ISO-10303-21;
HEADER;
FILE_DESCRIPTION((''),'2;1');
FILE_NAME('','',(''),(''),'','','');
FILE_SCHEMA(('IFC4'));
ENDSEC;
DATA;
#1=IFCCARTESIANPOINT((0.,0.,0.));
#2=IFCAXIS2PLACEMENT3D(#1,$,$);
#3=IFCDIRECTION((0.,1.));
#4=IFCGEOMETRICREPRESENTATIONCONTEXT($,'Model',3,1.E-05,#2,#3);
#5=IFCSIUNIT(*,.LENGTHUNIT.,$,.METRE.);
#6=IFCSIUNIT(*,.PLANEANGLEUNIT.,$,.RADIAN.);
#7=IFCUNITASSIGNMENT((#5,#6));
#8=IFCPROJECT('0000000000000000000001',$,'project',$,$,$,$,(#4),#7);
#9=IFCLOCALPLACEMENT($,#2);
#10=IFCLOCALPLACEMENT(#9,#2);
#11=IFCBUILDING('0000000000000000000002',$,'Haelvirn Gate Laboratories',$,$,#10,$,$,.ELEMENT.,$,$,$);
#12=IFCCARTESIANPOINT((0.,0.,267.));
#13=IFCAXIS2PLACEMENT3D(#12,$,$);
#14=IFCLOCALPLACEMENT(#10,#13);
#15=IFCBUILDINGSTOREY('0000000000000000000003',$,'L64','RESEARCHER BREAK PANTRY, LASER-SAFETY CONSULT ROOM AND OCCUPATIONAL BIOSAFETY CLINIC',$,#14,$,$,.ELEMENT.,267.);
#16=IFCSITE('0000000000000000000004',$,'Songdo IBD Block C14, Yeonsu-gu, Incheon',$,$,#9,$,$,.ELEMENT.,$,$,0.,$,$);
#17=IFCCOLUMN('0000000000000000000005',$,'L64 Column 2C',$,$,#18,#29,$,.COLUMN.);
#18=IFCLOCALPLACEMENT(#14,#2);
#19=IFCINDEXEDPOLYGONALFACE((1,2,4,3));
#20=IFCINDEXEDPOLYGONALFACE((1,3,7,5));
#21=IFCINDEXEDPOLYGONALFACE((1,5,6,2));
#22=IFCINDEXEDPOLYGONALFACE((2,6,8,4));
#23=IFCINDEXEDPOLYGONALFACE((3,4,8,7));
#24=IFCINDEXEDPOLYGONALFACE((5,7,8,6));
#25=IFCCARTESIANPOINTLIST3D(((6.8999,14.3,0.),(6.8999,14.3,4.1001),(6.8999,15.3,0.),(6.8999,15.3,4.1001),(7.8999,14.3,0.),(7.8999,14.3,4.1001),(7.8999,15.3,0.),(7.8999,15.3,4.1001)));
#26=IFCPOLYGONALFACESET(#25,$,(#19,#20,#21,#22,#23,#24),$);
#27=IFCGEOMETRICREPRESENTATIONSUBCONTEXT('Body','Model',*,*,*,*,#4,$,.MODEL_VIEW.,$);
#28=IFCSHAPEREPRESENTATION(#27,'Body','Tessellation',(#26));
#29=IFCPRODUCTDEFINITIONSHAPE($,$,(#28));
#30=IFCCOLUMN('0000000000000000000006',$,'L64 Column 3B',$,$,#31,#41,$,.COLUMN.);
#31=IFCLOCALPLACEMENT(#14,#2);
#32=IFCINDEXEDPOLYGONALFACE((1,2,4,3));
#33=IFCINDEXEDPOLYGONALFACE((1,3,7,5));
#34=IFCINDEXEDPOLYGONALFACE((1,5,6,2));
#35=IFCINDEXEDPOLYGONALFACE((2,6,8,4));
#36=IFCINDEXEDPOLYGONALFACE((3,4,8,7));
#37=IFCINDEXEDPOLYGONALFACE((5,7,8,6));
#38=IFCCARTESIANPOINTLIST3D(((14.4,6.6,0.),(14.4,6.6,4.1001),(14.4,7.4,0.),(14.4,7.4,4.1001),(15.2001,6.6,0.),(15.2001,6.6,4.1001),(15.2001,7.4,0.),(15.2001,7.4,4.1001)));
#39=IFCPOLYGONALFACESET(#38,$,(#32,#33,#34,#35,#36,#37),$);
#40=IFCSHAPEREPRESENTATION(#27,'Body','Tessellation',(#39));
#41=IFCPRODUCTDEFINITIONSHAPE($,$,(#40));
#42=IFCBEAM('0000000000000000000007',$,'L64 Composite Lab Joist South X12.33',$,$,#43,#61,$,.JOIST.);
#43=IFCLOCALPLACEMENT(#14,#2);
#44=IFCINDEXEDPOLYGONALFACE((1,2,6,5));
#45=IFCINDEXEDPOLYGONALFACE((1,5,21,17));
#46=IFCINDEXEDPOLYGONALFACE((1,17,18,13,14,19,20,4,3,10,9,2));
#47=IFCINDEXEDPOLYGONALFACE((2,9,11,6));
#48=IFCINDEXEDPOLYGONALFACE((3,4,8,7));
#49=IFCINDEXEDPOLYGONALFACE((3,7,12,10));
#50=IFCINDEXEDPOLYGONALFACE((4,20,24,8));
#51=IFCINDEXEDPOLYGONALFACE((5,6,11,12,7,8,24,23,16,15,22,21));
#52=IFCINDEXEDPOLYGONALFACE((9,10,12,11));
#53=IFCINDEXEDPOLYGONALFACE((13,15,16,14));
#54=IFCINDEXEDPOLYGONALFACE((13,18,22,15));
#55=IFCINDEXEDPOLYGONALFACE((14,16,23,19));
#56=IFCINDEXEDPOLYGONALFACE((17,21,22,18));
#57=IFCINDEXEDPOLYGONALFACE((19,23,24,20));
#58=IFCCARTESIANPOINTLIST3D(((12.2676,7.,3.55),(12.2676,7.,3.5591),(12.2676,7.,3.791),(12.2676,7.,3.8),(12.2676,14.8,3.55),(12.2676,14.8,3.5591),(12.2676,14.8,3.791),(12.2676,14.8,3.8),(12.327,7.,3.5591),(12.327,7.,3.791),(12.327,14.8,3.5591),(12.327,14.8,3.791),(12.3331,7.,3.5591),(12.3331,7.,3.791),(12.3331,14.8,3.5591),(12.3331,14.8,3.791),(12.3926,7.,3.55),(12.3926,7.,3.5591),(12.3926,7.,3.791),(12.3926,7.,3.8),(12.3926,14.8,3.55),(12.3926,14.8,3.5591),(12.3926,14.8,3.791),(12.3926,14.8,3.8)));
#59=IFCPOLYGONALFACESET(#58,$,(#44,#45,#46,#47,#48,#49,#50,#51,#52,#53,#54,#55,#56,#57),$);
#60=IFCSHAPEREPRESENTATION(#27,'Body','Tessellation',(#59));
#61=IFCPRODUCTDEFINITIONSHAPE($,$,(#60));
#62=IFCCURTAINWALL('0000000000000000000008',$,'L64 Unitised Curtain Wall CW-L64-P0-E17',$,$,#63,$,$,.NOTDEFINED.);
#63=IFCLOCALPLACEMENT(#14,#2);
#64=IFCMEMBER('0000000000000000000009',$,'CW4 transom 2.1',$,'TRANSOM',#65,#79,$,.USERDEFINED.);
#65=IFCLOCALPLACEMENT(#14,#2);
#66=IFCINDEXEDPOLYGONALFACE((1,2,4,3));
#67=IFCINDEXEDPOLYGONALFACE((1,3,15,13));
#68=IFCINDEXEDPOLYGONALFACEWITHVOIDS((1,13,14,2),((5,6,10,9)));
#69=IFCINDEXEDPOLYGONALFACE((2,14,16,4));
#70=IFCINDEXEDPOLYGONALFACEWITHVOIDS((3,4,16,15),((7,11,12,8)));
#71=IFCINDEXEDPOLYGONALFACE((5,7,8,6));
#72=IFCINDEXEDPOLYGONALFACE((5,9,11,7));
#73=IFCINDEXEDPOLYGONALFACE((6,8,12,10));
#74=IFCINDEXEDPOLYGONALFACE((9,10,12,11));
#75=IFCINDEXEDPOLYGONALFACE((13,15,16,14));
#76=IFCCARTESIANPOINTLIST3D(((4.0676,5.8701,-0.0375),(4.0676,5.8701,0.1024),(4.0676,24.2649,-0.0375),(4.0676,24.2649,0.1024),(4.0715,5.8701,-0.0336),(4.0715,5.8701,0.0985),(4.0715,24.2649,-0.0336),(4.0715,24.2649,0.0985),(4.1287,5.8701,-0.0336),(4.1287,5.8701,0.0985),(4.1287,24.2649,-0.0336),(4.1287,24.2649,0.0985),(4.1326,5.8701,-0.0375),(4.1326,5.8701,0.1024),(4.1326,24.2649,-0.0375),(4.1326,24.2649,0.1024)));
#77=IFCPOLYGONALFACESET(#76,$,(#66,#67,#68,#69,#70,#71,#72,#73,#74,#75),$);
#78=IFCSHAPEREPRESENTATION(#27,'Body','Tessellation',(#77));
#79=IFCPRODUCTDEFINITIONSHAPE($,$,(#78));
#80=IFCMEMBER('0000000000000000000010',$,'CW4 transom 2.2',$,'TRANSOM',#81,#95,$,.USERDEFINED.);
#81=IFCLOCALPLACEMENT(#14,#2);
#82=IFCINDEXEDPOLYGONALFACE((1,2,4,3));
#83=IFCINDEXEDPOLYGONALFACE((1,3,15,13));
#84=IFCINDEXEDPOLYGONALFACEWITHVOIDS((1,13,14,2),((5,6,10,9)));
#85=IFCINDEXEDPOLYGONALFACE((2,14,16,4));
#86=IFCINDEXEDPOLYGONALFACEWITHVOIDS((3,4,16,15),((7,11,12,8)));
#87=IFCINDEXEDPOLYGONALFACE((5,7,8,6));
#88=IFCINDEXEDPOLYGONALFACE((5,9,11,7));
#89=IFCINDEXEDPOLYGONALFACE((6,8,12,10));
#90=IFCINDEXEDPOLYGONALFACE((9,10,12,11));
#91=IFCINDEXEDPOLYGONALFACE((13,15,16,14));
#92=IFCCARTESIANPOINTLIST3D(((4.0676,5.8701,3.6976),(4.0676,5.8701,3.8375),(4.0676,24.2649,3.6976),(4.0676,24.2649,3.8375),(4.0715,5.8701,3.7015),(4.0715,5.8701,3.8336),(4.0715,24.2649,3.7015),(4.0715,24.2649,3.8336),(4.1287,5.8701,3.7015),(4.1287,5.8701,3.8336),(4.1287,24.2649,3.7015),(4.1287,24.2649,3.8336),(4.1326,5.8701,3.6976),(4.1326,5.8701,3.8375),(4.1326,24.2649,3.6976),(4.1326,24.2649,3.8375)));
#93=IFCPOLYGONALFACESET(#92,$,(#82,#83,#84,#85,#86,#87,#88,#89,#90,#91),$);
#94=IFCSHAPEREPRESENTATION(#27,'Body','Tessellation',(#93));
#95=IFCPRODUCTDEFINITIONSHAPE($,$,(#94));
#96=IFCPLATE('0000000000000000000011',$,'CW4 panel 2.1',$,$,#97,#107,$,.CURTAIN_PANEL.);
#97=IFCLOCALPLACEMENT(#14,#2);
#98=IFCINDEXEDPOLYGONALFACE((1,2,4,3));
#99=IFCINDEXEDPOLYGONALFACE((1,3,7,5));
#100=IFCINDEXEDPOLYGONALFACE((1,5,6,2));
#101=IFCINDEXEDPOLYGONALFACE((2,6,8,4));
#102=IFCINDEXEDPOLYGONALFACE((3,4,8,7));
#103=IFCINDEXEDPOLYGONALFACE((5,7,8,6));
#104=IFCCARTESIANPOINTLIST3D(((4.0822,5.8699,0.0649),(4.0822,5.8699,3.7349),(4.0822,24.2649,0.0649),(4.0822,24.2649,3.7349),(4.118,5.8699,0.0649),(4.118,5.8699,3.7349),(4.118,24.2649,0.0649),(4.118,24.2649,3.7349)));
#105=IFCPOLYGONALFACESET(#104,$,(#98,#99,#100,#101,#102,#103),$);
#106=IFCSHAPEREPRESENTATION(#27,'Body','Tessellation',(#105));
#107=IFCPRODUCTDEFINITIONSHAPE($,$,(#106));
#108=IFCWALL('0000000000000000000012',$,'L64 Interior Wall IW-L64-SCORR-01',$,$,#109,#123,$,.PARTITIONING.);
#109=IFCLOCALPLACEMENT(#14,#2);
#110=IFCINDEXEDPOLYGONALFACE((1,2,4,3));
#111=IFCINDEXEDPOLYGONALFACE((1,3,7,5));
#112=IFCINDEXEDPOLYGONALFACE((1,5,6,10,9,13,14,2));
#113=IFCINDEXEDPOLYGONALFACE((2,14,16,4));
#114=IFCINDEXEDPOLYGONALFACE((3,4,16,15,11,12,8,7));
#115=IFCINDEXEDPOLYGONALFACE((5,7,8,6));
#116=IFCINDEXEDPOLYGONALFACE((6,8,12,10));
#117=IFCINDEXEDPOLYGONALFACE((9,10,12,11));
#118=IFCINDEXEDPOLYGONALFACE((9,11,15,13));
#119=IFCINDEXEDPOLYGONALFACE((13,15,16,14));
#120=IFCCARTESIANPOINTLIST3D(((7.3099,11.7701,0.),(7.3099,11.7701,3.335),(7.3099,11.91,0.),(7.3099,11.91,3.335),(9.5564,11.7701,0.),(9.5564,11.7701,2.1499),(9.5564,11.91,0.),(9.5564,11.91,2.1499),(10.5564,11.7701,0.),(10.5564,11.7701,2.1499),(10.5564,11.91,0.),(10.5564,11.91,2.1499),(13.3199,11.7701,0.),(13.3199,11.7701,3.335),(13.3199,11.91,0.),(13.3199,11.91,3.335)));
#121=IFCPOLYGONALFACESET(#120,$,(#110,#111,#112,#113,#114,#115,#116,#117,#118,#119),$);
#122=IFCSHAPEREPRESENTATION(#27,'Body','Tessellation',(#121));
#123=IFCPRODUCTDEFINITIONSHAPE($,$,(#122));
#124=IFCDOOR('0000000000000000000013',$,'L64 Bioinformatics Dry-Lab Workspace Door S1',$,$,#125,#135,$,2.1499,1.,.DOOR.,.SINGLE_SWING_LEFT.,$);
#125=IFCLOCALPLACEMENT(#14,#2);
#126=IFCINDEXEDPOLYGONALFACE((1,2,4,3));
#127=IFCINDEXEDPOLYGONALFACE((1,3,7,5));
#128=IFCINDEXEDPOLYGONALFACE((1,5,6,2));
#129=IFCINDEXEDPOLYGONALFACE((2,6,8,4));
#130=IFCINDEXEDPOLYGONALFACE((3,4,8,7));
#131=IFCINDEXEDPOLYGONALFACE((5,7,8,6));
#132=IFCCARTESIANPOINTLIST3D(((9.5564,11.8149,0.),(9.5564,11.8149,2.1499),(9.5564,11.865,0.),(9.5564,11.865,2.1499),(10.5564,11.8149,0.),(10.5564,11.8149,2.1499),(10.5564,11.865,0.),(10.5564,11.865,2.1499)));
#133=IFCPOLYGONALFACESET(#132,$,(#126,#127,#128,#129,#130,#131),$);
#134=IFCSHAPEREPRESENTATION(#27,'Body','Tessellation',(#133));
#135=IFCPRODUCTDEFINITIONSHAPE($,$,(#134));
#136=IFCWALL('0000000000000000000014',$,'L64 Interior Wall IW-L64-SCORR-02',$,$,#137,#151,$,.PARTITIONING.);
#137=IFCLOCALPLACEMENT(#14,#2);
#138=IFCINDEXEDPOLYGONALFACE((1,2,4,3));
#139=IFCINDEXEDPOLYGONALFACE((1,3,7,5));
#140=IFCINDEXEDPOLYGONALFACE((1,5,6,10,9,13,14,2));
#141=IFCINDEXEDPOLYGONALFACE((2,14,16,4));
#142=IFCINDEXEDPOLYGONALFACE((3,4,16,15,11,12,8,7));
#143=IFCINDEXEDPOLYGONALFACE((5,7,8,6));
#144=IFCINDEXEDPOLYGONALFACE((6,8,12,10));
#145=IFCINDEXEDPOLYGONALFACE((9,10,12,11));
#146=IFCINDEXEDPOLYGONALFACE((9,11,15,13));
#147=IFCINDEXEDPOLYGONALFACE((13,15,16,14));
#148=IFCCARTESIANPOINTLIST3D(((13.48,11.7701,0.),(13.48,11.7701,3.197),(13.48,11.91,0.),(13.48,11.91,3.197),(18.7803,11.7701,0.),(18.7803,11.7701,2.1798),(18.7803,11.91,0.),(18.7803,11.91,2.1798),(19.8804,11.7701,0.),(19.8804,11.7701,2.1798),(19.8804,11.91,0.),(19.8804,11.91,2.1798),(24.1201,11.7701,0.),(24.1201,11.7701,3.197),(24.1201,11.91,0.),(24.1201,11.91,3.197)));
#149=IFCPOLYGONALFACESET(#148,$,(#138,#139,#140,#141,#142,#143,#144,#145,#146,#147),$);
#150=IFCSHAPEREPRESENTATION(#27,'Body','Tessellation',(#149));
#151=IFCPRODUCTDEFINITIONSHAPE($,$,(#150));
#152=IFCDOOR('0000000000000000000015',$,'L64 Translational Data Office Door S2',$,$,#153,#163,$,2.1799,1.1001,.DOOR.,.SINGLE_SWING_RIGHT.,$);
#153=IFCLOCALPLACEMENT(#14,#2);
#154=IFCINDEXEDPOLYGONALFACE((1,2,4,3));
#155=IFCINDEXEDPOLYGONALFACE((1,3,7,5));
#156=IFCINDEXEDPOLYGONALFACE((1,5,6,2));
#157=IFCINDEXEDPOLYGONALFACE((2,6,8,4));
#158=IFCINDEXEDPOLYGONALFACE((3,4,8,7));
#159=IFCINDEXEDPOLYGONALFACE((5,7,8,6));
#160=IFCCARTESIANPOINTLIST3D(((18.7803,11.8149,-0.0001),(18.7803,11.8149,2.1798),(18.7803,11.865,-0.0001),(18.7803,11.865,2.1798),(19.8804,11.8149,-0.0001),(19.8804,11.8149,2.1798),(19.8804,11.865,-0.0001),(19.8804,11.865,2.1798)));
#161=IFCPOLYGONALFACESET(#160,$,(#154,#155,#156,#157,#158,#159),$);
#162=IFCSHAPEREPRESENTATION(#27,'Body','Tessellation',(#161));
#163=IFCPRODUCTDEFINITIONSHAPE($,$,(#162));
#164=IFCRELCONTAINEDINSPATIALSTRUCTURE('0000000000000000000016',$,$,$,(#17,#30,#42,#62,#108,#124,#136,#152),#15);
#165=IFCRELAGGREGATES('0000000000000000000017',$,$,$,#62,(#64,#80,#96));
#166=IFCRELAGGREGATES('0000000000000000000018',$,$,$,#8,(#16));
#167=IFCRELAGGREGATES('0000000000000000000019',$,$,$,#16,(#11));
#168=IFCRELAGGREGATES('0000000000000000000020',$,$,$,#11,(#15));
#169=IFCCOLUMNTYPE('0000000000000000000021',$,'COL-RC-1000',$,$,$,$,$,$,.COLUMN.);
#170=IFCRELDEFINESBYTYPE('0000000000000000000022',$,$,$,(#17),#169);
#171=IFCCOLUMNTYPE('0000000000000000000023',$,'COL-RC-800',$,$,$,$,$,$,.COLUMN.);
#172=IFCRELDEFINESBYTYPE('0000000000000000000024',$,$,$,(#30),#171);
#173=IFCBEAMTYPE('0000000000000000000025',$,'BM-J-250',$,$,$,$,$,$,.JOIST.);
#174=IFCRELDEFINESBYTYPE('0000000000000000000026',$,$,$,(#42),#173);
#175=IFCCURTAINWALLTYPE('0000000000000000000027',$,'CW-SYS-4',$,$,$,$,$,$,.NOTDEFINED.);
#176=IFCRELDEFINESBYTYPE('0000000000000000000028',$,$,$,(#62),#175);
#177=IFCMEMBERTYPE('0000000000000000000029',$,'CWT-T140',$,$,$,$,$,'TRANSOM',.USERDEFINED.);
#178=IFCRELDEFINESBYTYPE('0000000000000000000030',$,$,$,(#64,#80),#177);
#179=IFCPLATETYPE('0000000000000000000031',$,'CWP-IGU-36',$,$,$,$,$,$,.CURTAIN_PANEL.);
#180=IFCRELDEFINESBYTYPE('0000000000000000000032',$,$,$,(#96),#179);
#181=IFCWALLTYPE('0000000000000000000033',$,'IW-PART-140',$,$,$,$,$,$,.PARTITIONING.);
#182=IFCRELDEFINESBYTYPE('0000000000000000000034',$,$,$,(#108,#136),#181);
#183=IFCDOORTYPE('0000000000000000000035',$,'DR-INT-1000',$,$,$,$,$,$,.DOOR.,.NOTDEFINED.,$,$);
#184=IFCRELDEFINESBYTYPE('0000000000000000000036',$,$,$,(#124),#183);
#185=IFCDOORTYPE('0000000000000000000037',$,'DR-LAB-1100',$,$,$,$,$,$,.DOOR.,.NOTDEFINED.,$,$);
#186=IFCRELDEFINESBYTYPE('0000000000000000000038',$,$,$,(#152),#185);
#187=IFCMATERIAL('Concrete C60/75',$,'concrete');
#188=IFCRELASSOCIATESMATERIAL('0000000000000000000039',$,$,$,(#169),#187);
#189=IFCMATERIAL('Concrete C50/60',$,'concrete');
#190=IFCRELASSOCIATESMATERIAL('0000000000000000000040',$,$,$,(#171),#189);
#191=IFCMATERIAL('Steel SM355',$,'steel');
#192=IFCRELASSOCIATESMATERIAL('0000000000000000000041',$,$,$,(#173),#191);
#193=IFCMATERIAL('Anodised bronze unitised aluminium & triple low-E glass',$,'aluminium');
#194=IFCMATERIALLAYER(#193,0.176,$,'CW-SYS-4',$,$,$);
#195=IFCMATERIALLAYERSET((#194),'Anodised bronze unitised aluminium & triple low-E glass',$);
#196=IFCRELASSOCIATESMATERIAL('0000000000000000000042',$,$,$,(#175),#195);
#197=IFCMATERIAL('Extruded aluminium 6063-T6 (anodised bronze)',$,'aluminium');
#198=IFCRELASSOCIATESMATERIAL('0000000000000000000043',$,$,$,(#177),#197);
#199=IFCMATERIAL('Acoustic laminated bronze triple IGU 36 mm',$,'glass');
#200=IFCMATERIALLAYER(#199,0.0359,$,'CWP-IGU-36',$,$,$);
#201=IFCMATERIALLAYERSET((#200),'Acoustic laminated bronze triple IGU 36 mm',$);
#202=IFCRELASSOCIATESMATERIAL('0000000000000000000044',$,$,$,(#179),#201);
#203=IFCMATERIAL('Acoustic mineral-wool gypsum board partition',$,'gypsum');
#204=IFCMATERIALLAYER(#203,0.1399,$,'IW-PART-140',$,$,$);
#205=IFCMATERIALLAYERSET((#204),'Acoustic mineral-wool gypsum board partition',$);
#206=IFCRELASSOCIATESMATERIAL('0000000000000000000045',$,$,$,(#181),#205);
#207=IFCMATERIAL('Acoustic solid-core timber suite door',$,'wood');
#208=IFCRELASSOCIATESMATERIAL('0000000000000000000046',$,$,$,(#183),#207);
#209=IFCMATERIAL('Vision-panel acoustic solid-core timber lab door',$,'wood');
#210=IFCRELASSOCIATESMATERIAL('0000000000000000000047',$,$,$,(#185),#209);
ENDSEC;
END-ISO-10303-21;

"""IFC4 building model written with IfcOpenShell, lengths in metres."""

from ifc_helpers import new_model, si_unit, direction, frame, frame_2d, origin, origin_2d, place, context, subcontext, project, spatial, rectangle, hollow_rectangle, i_section, extrude, source, transform, mapped, material, layer, layer_set, material_profile, profile_set, type_object, type_shapes, element, fill, aggregate, save


model = new_model("IFC4")

# Units and contexts
model_context = context("Model", 3, precision=1e-05, world=origin(), true_north=direction((0.0, 1.0)))
body_context = subcontext(model_context, "Body", "Model", "MODEL_VIEW")
ifc_project = project(units=[si_unit("LENGTHUNIT", "METRE"), si_unit("PLANEANGLEUNIT", "RADIAN")], contexts=[model_context])

# Site, building, storey
site_placement = place(None, origin())
site = spatial("IfcSite", under=ifc_project, at=site_placement, Name="Songdo IBD Block C14, Yeonsu-gu, Incheon", CompositionType="ELEMENT", RefElevation=0.0)
building_placement = place(site_placement, origin())
building = spatial("IfcBuilding", under=site, at=building_placement, Name="Haelvirn Gate Laboratories", CompositionType="ELEMENT")
storey_placement = place(building_placement, frame((0.0, 0.0, 267.0)))
storey = spatial("IfcBuildingStorey", under=building, at=storey_placement, Name="L64", Description="RESEARCHER BREAK PANTRY, LASER-SAFETY CONSULT ROOM AND OCCUPATIONAL BIOSAFETY CLINIC", CompositionType="ELEMENT", Elevation=267.0)

# Columns
ifc_material_1 = material(Name="Concrete C60/75", Category="concrete")
ifc_material_profile_1 = material_profile(ifc_material_1, rectangle(XDim=1.0, YDim=1.0, at=origin_2d()), Name="RC-1000x1000")
ifc_profile_set_1 = profile_set([ifc_material_profile_1], Name="Concrete C60/75")
column_type_1 = type_object("IfcColumnType", Name="COL-RC-1000", PredefinedType="COLUMN", material=ifc_profile_set_1)
shared_shape_1 = source(origin(), body_context, "Body", "SweptSolid", [
    extrude(rectangle(XDim=1.0, YDim=1.0, at=origin_2d()), origin(), (0.0, 0.0, 1.0), 4.1001),
])
type_shapes(column_type_1, [shared_shape_1])
column_1_placement = place(storey_placement, frame((7.3999, 14.8, 0.0), z_axis=(0.0, 0.0, 1.0), x_axis=(1.0, 0.0, 0.0)))
element("IfcColumn", 1, at=column_1_placement, inside=storey, type_object=column_type_1, Name="L64 Column 2C", PredefinedType="COLUMN", context=body_context, shape_type="MappedRepresentation", body=[
    mapped(shared_shape_1, transform((0.0, 0.0, 0.0), scale=1.0)),
])
ifc_material_2 = material(Name="Concrete C50/60", Category="concrete")
ifc_material_profile_2 = material_profile(ifc_material_2, rectangle(XDim=0.8, YDim=0.8, at=origin_2d()), Name="RC-800x800")
ifc_profile_set_2 = profile_set([ifc_material_profile_2], Name="Concrete C50/60")
column_type_2 = type_object("IfcColumnType", Name="COL-RC-800", PredefinedType="COLUMN", material=ifc_profile_set_2)
shared_shape_2 = source(origin(), body_context, "Body", "SweptSolid", [
    extrude(rectangle(XDim=0.8, YDim=0.8, at=origin_2d()), origin(), (0.0, 0.0, 1.0), 4.1001),
])
type_shapes(column_type_2, [shared_shape_2])
column_2_placement = place(storey_placement, frame((14.8, 7.0, 0.0), z_axis=(0.0, 0.0, 1.0), x_axis=(1.0, 0.0, 0.0)))
element("IfcColumn", 2, at=column_2_placement, inside=storey, type_object=column_type_2, Name="L64 Column 3B", PredefinedType="COLUMN", context=body_context, shape_type="MappedRepresentation", body=[
    mapped(shared_shape_2, transform((0.0, 0.0, 0.0), scale=1.0)),
])

# Beam
ifc_material_3 = material(Name="Steel SM355", Category="steel")
ifc_material_profile_3 = material_profile(ifc_material_3, i_section(OverallWidth=0.125, OverallDepth=0.25, WebThickness=0.0061, FlangeThickness=0.009, at=origin_2d()), Name="H-250x125x6x9")
ifc_profile_set_3 = profile_set([ifc_material_profile_3], Name="Steel SM355")
beam_type = type_object("IfcBeamType", Name="BM-J-250", PredefinedType="JOIST", material=ifc_profile_set_3)
shared_shape_3 = source(origin(), body_context, "Body", "SweptSolid", [
    extrude(i_section(OverallWidth=0.125, OverallDepth=0.25, WebThickness=0.0061, FlangeThickness=0.009, at=origin_2d()), origin(), (0.0, 0.0, 1.0), 7.8),
])
type_shapes(beam_type, [shared_shape_3])
beam_placement = place(storey_placement, frame((12.3301, 7.0, 3.675), z_axis=(0.0, 1.0, 0.0), x_axis=(-1.0, 0.0, 0.0)))
element("IfcBeam", 3, at=beam_placement, inside=storey, type_object=beam_type, Name="L64 Composite Lab Joist South X12.33", PredefinedType="JOIST", context=body_context, shape_type="MappedRepresentation", body=[
    mapped(shared_shape_3, transform((0.0, 0.0, 0.0), scale=1.0)),
])

# Curtain wall, members, plate
ifc_material_4 = material(Name="Anodised bronze unitised aluminium & triple low-E glass", Category="aluminium")
ifc_layer_1 = layer(ifc_material_4, 0.176, Name="CW-SYS-4")
ifc_layer_set_1 = layer_set([ifc_layer_1], Name="Anodised bronze unitised aluminium & triple low-E glass")
curtain_wall_type = type_object("IfcCurtainWallType", Name="CW-SYS-4", PredefinedType="NOTDEFINED", material=ifc_layer_set_1)
curtain_wall_placement = place(storey_placement, origin())
curtain_wall = element("IfcCurtainWall", 4, at=curtain_wall_placement, inside=storey, type_object=curtain_wall_type, Name="L64 Unitised Curtain Wall CW-L64-P0-E17", PredefinedType="NOTDEFINED")
ifc_material_5 = material(Name="Extruded aluminium 6063-T6 (anodised bronze)", Category="aluminium")
ifc_material_profile_4 = material_profile(ifc_material_5, hollow_rectangle(XDim=0.0649, YDim=0.1399, WallThickness=0.0039, at=origin_2d()), Name="CWT-140x65x4")
ifc_profile_set_4 = profile_set([ifc_material_profile_4], Name="Extruded aluminium 6063-T6 (anodised bronze)")
member_type = type_object("IfcMemberType", Name="CWT-T140", ElementType="TRANSOM", PredefinedType="USERDEFINED", material=ifc_profile_set_4)
shared_shape_4 = source(origin(), body_context, "Body", "SweptSolid", [
    extrude(hollow_rectangle(XDim=0.0649, YDim=0.1399, WallThickness=0.0039, at=origin_2d()), origin(), (0.0, 0.0, 1.0), 18.3948),
])
type_shapes(member_type, [shared_shape_4])
member_1_placement = place(storey_placement, frame((4.1001, 24.2649, 0.0325), z_axis=(0.0, -1.0, 0.0), x_axis=(1.0, 0.0, 0.0)))
member_1 = element("IfcMember", 5, at=member_1_placement, type_object=member_type, Name="CW4 transom 2.1", ObjectType="TRANSOM", PredefinedType="USERDEFINED", context=body_context, shape_type="MappedRepresentation", body=[
    mapped(shared_shape_4, transform((0.0, 0.0, 0.0), scale=1.0)),
])
member_2_placement = place(storey_placement, frame((4.1001, 24.2649, 3.7676), z_axis=(0.0, -1.0, 0.0), x_axis=(1.0, 0.0, 0.0)))
member_2 = element("IfcMember", 6, at=member_2_placement, type_object=member_type, Name="CW4 transom 2.2", ObjectType="TRANSOM", PredefinedType="USERDEFINED", context=body_context, shape_type="MappedRepresentation", body=[
    mapped(shared_shape_4, transform((0.0, 0.0, 0.0), scale=1.0)),
])
ifc_material_6 = material(Name="Acoustic laminated bronze triple IGU 36 mm", Category="glass")
ifc_layer_2 = layer(ifc_material_6, 0.0359, Name="CWP-IGU-36")
ifc_layer_set_2 = layer_set([ifc_layer_2], Name="Acoustic laminated bronze triple IGU 36 mm")
plate_type = type_object("IfcPlateType", Name="CWP-IGU-36", PredefinedType="CURTAIN_PANEL", material=ifc_layer_set_2)
shared_shape_5 = source(origin(), body_context, "Body", "SweptSolid", [
    extrude(rectangle(XDim=18.395, YDim=0.0359, at=origin_2d()), origin(), (0.0, 0.0, 1.0), 3.6699),
])
type_shapes(plate_type, [shared_shape_5])
plate_placement = place(storey_placement, frame((4.1001, 15.0674, 0.0649), z_axis=(0.0, 0.0, 1.0), x_axis=(0.0, -1.0, 0.0)))
plate = element("IfcPlate", 7, at=plate_placement, type_object=plate_type, Name="CW4 panel 2.1", PredefinedType="CURTAIN_PANEL", context=body_context, shape_type="MappedRepresentation", body=[
    mapped(shared_shape_5, transform((0.0, 0.0, 0.0), scale=1.0)),
])
aggregate(curtain_wall, [member_1, member_2, plate])

# Walls, openings, doors
ifc_material_7 = material(Name="Acoustic mineral-wool gypsum board partition", Category="gypsum")
ifc_layer_3 = layer(ifc_material_7, 0.1399, Name="IW-PART-140")
ifc_layer_set_3 = layer_set([ifc_layer_3], Name="Acoustic mineral-wool gypsum board partition")
wall_type_1 = type_object("IfcWallType", Name="IW-PART-140", PredefinedType="PARTITIONING", material=ifc_layer_set_3)
wall_1_placement = place(storey_placement, frame((7.3101, 11.8401, 0.0), z_axis=(0.0, 0.0, 1.0), x_axis=(1.0, 0.0, 0.0)))
wall_1 = element("IfcWall", 8, at=wall_1_placement, inside=storey, type_object=wall_type_1, Name="L64 Interior Wall IW-L64-SCORR-01", PredefinedType="PARTITIONING", context=body_context, shape_type="SweptSolid", body=[
    extrude(rectangle(XDim=6.01, YDim=0.1399, at=frame_2d((3.0049, 0.0))), origin(), (0.0, 0.0, 1.0), 3.335),
])
opening_1_placement = place(wall_1_placement, frame((2.2463, 0.0, 0.0)))
opening_1 = element("IfcOpeningElement", 9, at=opening_1_placement, cuts=wall_1, PredefinedType="OPENING", context=body_context, shape_type="SweptSolid", body=[
    extrude(rectangle(XDim=1.0, YDim=2.1499, at=frame_2d((0.5, 1.075))), frame((0.0, 0.0801, 0.0), z_axis=(0.0, -1.0, 0.0), x_axis=(1.0, 0.0, 0.0)), (0.0, 0.0, 1.0), 0.1599),
])
ifc_material_8 = material(Name="Acoustic solid-core timber suite door", Category="wood")
door_type_1 = type_object("IfcDoorType", Name="DR-INT-1000", OperationType="NOTDEFINED", PredefinedType="DOOR", material=ifc_material_8)
shared_shape_6 = source(origin(), body_context, "Body", "SweptSolid", [
    extrude(rectangle(XDim=1.0, YDim=2.1499, at=frame_2d((0.5, 1.075))), frame((0.0, 0.0249, 0.0), z_axis=(0.0, -1.0, 0.0), x_axis=(1.0, 0.0, 0.0)), (0.0, 0.0, 1.0), 0.05),
])
type_shapes(door_type_1, [shared_shape_6])
door_1_placement = place(opening_1_placement, origin())
door_1 = element("IfcDoor", 10, at=door_1_placement, inside=storey, type_object=door_type_1, Name="L64 Bioinformatics Dry-Lab Workspace Door S1", OperationType="SINGLE_SWING_LEFT", OverallHeight=2.1499, OverallWidth=1.0, PredefinedType="DOOR", context=body_context, shape_type="MappedRepresentation", body=[
    mapped(shared_shape_6, transform((0.0, 0.0, 0.0), scale=1.0)),
])
fill(opening_1, door_1)
wall_2_placement = place(storey_placement, frame((13.48, 11.8401, 0.0), z_axis=(0.0, 0.0, 1.0), x_axis=(1.0, 0.0, 0.0)))
wall_2 = element("IfcWall", 11, at=wall_2_placement, inside=storey, type_object=wall_type_1, Name="L64 Interior Wall IW-L64-SCORR-02", PredefinedType="PARTITIONING", context=body_context, shape_type="SweptSolid", body=[
    extrude(rectangle(XDim=10.6401, YDim=0.1399, at=frame_2d((5.3201, 0.0))), origin(), (0.0, 0.0, 1.0), 3.197),
])
opening_2_placement = place(wall_2_placement, frame((5.3003, 0.0, 0.0)))
opening_2 = element("IfcOpeningElement", 12, at=opening_2_placement, cuts=wall_2, PredefinedType="OPENING", context=body_context, shape_type="SweptSolid", body=[
    extrude(rectangle(XDim=1.1001, YDim=2.1799, at=frame_2d((0.55, 1.0898))), frame((0.0, 0.0801, 0.0), z_axis=(0.0, -1.0, 0.0), x_axis=(1.0, 0.0, 0.0)), (0.0, 0.0, 1.0), 0.1599),
])
ifc_material_9 = material(Name="Vision-panel acoustic solid-core timber lab door", Category="wood")
door_type_2 = type_object("IfcDoorType", Name="DR-LAB-1100", OperationType="NOTDEFINED", PredefinedType="DOOR", material=ifc_material_9)
shared_shape_7 = source(origin(), body_context, "Body", "SweptSolid", [
    extrude(rectangle(XDim=1.1001, YDim=2.1799, at=frame_2d((0.55, 1.0898))), frame((0.0, 0.0249, 0.0), z_axis=(0.0, -1.0, 0.0), x_axis=(1.0, 0.0, 0.0)), (0.0, 0.0, 1.0), 0.05),
])
type_shapes(door_type_2, [shared_shape_7])
door_2_placement = place(opening_2_placement, origin())
door_2 = element("IfcDoor", 13, at=door_2_placement, inside=storey, type_object=door_type_2, Name="L64 Translational Data Office Door S2", OperationType="SINGLE_SWING_RIGHT", OverallHeight=2.1799, OverallWidth=1.1001, PredefinedType="DOOR", context=body_context, shape_type="MappedRepresentation", body=[
    mapped(shared_shape_7, transform((0.0, 0.0, 0.0), scale=1.0)),
])
fill(opening_2, door_2)

save(model, "model.ifc")
